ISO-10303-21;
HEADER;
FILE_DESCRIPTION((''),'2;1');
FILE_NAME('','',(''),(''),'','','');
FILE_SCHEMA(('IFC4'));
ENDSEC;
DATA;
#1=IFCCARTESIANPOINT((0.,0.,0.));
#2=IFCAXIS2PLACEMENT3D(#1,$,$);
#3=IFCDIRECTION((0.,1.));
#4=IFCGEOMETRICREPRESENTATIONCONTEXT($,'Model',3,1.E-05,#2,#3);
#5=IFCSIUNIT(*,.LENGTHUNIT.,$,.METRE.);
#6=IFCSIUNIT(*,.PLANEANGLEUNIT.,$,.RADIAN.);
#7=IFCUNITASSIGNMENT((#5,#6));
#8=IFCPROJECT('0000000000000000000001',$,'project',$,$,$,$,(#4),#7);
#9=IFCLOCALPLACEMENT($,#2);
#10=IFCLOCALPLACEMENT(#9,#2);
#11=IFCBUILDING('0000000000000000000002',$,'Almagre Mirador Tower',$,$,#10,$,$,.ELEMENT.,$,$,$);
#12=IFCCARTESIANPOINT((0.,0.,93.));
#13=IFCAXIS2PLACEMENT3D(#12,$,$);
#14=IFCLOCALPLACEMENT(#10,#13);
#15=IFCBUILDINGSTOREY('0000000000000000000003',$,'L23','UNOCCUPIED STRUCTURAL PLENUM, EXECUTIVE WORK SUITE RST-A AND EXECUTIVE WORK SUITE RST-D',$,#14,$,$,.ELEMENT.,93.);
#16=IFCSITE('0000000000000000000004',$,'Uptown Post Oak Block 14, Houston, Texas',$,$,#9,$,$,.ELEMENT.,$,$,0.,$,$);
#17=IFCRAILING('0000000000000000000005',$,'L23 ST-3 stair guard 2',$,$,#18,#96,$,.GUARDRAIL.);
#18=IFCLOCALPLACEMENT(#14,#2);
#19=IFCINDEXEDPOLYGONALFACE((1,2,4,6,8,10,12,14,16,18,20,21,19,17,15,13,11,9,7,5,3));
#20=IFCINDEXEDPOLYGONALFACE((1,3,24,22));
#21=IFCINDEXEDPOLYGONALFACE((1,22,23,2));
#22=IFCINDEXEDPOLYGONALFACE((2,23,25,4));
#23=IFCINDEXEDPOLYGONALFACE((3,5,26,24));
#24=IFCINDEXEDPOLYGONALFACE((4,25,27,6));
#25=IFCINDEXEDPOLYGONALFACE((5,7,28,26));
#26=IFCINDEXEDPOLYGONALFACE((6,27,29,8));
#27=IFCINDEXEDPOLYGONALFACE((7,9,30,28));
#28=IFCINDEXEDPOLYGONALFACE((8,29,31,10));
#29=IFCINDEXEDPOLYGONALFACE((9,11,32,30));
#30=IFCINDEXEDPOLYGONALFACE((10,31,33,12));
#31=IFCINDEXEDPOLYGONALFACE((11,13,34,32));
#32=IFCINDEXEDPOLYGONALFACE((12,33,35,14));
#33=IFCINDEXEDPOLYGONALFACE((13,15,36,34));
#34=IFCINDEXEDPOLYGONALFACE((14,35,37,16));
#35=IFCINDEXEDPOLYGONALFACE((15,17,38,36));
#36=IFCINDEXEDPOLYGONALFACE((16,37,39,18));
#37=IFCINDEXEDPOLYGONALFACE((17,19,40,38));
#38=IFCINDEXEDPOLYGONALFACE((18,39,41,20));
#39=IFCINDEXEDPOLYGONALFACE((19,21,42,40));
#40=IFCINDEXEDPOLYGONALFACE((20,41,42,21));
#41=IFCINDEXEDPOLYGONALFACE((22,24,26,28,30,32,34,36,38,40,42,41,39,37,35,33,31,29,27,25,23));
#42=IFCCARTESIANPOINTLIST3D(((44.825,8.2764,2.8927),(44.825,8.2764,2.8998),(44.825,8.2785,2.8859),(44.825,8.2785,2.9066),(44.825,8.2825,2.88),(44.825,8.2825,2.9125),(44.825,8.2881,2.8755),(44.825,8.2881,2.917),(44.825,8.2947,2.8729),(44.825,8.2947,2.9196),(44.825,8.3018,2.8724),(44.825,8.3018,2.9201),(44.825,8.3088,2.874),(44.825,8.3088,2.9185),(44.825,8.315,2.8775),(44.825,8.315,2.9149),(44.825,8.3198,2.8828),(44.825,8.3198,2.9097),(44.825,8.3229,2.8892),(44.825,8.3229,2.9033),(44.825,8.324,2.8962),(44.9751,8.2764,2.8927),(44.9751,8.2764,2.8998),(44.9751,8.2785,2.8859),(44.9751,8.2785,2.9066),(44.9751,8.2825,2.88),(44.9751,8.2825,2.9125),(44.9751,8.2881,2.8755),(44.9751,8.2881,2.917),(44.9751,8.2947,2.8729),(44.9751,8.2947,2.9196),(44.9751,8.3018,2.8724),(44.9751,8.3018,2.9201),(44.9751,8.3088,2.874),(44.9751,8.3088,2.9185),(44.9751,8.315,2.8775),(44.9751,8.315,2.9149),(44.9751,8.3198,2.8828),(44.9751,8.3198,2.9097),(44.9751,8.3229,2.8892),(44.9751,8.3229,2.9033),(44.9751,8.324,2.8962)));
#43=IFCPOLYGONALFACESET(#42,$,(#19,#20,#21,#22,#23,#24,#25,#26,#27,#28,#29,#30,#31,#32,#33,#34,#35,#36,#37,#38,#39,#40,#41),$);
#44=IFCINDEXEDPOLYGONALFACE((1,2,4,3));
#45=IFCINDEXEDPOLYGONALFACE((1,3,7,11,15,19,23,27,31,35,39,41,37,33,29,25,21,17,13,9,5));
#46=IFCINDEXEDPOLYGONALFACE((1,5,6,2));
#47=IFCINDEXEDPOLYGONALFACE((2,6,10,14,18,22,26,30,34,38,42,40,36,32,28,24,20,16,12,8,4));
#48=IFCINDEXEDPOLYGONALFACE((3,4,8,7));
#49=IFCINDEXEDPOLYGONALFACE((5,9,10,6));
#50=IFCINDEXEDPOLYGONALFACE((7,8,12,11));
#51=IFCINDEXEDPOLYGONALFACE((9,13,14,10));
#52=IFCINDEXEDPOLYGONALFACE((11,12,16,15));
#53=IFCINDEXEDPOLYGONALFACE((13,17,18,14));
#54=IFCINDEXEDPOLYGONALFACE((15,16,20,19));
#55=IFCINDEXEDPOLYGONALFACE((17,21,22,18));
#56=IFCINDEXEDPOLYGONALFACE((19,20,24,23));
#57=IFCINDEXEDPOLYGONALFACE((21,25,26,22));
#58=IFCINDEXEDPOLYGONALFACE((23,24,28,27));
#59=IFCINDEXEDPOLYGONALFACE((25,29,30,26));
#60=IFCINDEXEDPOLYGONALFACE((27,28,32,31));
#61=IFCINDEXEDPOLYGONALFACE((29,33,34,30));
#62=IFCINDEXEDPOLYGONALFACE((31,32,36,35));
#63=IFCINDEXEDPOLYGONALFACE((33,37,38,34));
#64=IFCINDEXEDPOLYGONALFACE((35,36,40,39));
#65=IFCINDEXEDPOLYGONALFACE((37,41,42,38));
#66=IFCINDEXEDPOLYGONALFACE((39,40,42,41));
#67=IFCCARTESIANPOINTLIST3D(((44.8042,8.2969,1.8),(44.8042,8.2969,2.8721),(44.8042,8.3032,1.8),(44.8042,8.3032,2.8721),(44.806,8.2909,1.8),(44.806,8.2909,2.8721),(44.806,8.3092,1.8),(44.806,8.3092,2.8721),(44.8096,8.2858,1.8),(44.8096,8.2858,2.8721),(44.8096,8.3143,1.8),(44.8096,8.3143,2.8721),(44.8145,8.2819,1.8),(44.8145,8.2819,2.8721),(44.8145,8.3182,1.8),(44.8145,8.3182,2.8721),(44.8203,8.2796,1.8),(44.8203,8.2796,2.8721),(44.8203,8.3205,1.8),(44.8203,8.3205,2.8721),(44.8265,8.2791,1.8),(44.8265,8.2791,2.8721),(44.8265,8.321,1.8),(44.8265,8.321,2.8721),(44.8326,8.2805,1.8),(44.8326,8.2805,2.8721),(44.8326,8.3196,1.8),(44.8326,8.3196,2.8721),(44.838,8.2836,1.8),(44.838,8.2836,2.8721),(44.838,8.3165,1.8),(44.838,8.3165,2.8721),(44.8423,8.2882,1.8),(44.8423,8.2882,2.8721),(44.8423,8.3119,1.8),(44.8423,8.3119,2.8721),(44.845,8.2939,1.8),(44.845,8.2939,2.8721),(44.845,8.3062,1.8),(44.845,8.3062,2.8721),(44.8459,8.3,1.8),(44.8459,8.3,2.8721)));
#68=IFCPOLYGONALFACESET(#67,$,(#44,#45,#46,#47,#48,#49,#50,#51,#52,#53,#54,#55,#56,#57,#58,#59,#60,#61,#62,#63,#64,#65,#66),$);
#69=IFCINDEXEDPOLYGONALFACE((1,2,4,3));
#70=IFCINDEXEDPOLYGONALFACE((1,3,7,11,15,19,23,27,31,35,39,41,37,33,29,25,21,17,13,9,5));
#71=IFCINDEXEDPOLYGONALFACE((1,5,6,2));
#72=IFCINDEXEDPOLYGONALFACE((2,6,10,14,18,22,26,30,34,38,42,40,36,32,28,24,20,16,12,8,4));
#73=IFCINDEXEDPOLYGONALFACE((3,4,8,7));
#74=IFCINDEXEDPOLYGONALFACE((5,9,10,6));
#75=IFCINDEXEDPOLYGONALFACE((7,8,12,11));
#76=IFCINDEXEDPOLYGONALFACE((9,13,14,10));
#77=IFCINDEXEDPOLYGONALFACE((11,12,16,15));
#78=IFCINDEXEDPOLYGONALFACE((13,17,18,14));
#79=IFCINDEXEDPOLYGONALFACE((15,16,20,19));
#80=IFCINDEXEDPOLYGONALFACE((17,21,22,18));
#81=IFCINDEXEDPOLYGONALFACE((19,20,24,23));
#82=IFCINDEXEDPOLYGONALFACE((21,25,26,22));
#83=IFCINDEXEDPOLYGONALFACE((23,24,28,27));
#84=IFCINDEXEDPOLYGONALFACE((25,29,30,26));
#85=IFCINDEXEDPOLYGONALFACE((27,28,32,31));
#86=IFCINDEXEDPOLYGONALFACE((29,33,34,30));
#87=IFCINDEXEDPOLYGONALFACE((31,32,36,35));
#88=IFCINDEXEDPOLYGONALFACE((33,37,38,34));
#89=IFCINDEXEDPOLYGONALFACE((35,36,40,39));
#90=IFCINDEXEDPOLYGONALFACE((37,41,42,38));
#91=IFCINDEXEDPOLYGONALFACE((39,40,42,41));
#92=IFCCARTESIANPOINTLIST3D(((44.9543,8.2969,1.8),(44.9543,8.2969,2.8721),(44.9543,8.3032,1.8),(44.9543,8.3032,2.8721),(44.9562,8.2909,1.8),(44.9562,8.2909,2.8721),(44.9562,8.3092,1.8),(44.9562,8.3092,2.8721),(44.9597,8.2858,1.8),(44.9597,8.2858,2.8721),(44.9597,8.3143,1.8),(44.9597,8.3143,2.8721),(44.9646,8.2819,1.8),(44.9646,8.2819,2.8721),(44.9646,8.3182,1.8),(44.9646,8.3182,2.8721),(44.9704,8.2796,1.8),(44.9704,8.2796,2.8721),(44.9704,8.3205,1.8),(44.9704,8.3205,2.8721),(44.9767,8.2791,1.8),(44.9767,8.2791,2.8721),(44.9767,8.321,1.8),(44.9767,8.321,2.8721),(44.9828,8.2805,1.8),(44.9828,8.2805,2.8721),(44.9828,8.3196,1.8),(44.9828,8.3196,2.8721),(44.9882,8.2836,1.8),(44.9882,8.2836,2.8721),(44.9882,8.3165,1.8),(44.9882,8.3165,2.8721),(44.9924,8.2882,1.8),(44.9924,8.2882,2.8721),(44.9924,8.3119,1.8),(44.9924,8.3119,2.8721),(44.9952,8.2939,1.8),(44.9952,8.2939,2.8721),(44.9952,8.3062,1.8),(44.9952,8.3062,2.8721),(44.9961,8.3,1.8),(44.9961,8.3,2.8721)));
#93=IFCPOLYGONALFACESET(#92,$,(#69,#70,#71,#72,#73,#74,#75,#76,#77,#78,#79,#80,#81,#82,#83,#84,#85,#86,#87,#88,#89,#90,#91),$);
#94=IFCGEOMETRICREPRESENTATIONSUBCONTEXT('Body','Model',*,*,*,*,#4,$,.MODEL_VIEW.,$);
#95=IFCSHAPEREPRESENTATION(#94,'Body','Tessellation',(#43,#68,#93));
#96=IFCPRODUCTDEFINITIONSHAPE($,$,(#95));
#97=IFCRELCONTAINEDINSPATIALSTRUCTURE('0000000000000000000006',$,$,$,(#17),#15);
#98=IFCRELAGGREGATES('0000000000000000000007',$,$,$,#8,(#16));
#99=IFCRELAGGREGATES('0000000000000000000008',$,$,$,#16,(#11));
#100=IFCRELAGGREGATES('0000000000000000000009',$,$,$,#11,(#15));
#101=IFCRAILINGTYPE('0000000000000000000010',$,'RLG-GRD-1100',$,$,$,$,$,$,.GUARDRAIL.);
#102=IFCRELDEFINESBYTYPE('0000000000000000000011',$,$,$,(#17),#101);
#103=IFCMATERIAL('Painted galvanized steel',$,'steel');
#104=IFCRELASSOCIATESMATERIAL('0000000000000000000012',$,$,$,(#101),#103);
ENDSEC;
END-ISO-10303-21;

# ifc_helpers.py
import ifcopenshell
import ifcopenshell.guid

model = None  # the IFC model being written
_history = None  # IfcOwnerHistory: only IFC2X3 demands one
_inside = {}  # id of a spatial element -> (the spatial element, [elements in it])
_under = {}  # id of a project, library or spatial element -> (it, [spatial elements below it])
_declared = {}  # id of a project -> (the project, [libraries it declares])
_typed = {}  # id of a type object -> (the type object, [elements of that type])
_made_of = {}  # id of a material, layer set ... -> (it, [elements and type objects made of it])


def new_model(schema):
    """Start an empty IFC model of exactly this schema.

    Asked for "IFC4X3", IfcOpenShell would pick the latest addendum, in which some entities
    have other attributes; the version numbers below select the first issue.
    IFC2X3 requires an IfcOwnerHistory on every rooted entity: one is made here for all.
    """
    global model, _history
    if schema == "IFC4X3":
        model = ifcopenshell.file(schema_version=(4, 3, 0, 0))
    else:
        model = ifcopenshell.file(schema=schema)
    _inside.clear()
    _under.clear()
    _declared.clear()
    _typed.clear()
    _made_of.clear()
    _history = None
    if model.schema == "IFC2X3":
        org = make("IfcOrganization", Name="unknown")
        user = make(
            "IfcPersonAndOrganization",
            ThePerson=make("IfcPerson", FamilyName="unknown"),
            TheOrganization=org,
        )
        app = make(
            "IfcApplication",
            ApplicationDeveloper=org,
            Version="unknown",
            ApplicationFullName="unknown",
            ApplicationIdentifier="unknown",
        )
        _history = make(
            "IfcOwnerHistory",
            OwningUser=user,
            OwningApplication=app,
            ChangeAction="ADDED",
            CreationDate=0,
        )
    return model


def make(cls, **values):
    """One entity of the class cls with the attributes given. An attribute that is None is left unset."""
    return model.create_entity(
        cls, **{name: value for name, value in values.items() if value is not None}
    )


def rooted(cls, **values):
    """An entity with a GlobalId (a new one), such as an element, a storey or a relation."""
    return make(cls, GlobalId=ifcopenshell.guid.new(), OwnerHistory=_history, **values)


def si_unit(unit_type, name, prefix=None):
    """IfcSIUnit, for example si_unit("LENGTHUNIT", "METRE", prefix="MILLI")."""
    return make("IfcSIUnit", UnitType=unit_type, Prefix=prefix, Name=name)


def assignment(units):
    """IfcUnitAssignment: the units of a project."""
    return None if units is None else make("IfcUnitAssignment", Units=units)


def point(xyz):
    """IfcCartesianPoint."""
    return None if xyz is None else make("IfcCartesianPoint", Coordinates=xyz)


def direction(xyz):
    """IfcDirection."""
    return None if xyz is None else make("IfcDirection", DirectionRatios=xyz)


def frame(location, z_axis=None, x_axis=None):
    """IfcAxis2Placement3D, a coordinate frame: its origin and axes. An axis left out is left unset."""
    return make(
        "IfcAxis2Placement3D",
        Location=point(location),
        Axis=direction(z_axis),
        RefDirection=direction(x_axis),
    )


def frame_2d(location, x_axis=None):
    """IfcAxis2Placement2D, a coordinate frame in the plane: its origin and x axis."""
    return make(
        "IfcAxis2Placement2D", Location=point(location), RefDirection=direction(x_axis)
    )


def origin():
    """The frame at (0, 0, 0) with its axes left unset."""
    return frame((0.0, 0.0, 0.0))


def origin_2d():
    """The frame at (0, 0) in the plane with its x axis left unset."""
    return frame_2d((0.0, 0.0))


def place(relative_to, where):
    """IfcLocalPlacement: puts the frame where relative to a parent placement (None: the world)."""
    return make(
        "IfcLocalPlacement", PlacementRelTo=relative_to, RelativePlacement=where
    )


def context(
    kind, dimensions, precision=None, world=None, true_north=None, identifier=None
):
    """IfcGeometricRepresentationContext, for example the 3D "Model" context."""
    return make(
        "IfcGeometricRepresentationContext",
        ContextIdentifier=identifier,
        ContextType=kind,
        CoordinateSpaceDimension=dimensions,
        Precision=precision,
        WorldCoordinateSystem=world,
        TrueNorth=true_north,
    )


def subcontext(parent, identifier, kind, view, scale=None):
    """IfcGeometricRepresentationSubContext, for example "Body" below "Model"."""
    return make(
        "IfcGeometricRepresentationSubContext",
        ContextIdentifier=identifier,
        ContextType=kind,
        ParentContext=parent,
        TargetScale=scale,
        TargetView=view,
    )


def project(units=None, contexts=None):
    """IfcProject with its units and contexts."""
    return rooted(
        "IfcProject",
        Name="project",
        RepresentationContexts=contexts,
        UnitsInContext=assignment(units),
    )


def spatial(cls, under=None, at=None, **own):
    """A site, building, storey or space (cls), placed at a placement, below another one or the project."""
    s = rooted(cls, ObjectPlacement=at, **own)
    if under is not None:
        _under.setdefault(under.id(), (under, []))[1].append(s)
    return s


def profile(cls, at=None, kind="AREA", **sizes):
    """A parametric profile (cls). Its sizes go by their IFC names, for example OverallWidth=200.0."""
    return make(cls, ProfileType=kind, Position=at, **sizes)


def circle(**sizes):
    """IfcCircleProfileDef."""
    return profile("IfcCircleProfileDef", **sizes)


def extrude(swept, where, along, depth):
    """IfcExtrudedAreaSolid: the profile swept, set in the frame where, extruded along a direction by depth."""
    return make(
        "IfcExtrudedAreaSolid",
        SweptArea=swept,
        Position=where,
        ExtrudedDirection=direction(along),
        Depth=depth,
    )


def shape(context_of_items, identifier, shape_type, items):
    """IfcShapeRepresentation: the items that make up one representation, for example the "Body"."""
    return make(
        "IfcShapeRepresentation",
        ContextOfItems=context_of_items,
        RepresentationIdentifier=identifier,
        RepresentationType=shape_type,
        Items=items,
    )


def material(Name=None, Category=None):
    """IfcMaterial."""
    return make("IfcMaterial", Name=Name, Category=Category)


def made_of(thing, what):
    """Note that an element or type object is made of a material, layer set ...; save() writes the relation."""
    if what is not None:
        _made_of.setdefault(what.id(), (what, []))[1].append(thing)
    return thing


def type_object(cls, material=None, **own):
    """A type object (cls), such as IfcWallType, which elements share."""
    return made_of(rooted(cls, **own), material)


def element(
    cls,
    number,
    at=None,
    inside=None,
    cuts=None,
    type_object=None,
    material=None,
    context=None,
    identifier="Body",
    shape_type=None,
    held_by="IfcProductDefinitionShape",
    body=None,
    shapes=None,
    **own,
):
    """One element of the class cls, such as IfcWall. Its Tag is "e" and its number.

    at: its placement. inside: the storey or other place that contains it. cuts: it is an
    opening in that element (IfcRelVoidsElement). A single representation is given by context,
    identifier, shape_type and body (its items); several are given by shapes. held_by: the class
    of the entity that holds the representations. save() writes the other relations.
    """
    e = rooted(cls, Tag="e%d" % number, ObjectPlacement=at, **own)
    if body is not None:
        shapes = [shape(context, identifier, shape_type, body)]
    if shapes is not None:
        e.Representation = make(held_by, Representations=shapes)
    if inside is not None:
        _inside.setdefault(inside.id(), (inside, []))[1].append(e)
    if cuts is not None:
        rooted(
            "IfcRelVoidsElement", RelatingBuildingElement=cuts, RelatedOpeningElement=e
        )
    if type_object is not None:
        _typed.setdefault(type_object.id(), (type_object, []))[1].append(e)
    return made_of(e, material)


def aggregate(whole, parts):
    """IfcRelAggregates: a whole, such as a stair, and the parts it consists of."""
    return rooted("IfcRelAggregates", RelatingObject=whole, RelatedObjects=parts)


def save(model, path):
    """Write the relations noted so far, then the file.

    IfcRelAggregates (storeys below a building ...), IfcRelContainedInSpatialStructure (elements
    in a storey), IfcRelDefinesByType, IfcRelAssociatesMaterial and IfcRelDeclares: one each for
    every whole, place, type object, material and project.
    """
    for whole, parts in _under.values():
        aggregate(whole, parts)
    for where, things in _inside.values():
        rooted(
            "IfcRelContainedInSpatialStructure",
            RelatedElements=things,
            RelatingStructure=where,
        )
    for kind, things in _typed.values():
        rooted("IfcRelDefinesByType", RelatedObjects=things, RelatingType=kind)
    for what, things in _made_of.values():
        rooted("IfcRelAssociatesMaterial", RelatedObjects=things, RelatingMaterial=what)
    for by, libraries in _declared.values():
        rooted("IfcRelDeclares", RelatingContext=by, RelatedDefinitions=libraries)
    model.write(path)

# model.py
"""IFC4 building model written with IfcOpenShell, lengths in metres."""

from ifc_helpers import new_model, si_unit, direction, frame, origin, origin_2d, place, context, subcontext, project, spatial, circle, extrude, material, type_object, element, save


model = new_model("IFC4")

# Units and contexts
model_context = context("Model", 3, precision=1e-05, world=origin(), true_north=direction((0.0, 1.0)))
body_context = subcontext(model_context, "Body", "Model", "MODEL_VIEW")
ifc_project = project(units=[si_unit("LENGTHUNIT", "METRE"), si_unit("PLANEANGLEUNIT", "RADIAN")], contexts=[model_context])

# Site, building, storey
site_placement = place(None, origin())
site = spatial("IfcSite", under=ifc_project, at=site_placement, Name="Uptown Post Oak Block 14, Houston, Texas", CompositionType="ELEMENT", RefElevation=0.0)
building_placement = place(site_placement, origin())
building = spatial("IfcBuilding", under=site, at=building_placement, Name="Almagre Mirador Tower", CompositionType="ELEMENT")
storey_placement = place(building_placement, frame((0.0, 0.0, 93.0)))
storey = spatial("IfcBuildingStorey", under=building, at=storey_placement, Name="L23", Description="UNOCCUPIED STRUCTURAL PLENUM, EXECUTIVE WORK SUITE RST-A AND EXECUTIVE WORK SUITE RST-D", CompositionType="ELEMENT", Elevation=93.0)

# Railing
ifc_material_1 = material(Name="Painted galvanized steel", Category="steel")
railing_type_1 = type_object("IfcRailingType", Name="RLG-GRD-1100", PredefinedType="GUARDRAIL", material=ifc_material_1)
railing_1_placement = place(storey_placement, frame((44.825, 8.3, 1.8)))
element("IfcRailing", 1, at=railing_1_placement, inside=storey, type_object=railing_type_1, Name="L23 ST-3 stair guard 2", PredefinedType="GUARDRAIL", context=body_context, shape_type="SweptSolid", body=[
    extrude(circle(Radius=0.0239, at=origin_2d()), frame((0.0, 0.0, 1.0962), z_axis=(1.0, 0.0, 0.0), x_axis=(0.0, 1.0, 0.0)), (0.0, 0.0, 1.0), 0.1501),
    extrude(circle(Radius=0.021, at=origin_2d()), origin(), (0.0, 0.0, 1.0), 1.072),
    extrude(circle(Radius=0.021, at=origin_2d()), frame((0.1501, 0.0, 0.0)), (0.0, 0.0, 1.0), 1.072),
])

save(model, "model.ifc")
